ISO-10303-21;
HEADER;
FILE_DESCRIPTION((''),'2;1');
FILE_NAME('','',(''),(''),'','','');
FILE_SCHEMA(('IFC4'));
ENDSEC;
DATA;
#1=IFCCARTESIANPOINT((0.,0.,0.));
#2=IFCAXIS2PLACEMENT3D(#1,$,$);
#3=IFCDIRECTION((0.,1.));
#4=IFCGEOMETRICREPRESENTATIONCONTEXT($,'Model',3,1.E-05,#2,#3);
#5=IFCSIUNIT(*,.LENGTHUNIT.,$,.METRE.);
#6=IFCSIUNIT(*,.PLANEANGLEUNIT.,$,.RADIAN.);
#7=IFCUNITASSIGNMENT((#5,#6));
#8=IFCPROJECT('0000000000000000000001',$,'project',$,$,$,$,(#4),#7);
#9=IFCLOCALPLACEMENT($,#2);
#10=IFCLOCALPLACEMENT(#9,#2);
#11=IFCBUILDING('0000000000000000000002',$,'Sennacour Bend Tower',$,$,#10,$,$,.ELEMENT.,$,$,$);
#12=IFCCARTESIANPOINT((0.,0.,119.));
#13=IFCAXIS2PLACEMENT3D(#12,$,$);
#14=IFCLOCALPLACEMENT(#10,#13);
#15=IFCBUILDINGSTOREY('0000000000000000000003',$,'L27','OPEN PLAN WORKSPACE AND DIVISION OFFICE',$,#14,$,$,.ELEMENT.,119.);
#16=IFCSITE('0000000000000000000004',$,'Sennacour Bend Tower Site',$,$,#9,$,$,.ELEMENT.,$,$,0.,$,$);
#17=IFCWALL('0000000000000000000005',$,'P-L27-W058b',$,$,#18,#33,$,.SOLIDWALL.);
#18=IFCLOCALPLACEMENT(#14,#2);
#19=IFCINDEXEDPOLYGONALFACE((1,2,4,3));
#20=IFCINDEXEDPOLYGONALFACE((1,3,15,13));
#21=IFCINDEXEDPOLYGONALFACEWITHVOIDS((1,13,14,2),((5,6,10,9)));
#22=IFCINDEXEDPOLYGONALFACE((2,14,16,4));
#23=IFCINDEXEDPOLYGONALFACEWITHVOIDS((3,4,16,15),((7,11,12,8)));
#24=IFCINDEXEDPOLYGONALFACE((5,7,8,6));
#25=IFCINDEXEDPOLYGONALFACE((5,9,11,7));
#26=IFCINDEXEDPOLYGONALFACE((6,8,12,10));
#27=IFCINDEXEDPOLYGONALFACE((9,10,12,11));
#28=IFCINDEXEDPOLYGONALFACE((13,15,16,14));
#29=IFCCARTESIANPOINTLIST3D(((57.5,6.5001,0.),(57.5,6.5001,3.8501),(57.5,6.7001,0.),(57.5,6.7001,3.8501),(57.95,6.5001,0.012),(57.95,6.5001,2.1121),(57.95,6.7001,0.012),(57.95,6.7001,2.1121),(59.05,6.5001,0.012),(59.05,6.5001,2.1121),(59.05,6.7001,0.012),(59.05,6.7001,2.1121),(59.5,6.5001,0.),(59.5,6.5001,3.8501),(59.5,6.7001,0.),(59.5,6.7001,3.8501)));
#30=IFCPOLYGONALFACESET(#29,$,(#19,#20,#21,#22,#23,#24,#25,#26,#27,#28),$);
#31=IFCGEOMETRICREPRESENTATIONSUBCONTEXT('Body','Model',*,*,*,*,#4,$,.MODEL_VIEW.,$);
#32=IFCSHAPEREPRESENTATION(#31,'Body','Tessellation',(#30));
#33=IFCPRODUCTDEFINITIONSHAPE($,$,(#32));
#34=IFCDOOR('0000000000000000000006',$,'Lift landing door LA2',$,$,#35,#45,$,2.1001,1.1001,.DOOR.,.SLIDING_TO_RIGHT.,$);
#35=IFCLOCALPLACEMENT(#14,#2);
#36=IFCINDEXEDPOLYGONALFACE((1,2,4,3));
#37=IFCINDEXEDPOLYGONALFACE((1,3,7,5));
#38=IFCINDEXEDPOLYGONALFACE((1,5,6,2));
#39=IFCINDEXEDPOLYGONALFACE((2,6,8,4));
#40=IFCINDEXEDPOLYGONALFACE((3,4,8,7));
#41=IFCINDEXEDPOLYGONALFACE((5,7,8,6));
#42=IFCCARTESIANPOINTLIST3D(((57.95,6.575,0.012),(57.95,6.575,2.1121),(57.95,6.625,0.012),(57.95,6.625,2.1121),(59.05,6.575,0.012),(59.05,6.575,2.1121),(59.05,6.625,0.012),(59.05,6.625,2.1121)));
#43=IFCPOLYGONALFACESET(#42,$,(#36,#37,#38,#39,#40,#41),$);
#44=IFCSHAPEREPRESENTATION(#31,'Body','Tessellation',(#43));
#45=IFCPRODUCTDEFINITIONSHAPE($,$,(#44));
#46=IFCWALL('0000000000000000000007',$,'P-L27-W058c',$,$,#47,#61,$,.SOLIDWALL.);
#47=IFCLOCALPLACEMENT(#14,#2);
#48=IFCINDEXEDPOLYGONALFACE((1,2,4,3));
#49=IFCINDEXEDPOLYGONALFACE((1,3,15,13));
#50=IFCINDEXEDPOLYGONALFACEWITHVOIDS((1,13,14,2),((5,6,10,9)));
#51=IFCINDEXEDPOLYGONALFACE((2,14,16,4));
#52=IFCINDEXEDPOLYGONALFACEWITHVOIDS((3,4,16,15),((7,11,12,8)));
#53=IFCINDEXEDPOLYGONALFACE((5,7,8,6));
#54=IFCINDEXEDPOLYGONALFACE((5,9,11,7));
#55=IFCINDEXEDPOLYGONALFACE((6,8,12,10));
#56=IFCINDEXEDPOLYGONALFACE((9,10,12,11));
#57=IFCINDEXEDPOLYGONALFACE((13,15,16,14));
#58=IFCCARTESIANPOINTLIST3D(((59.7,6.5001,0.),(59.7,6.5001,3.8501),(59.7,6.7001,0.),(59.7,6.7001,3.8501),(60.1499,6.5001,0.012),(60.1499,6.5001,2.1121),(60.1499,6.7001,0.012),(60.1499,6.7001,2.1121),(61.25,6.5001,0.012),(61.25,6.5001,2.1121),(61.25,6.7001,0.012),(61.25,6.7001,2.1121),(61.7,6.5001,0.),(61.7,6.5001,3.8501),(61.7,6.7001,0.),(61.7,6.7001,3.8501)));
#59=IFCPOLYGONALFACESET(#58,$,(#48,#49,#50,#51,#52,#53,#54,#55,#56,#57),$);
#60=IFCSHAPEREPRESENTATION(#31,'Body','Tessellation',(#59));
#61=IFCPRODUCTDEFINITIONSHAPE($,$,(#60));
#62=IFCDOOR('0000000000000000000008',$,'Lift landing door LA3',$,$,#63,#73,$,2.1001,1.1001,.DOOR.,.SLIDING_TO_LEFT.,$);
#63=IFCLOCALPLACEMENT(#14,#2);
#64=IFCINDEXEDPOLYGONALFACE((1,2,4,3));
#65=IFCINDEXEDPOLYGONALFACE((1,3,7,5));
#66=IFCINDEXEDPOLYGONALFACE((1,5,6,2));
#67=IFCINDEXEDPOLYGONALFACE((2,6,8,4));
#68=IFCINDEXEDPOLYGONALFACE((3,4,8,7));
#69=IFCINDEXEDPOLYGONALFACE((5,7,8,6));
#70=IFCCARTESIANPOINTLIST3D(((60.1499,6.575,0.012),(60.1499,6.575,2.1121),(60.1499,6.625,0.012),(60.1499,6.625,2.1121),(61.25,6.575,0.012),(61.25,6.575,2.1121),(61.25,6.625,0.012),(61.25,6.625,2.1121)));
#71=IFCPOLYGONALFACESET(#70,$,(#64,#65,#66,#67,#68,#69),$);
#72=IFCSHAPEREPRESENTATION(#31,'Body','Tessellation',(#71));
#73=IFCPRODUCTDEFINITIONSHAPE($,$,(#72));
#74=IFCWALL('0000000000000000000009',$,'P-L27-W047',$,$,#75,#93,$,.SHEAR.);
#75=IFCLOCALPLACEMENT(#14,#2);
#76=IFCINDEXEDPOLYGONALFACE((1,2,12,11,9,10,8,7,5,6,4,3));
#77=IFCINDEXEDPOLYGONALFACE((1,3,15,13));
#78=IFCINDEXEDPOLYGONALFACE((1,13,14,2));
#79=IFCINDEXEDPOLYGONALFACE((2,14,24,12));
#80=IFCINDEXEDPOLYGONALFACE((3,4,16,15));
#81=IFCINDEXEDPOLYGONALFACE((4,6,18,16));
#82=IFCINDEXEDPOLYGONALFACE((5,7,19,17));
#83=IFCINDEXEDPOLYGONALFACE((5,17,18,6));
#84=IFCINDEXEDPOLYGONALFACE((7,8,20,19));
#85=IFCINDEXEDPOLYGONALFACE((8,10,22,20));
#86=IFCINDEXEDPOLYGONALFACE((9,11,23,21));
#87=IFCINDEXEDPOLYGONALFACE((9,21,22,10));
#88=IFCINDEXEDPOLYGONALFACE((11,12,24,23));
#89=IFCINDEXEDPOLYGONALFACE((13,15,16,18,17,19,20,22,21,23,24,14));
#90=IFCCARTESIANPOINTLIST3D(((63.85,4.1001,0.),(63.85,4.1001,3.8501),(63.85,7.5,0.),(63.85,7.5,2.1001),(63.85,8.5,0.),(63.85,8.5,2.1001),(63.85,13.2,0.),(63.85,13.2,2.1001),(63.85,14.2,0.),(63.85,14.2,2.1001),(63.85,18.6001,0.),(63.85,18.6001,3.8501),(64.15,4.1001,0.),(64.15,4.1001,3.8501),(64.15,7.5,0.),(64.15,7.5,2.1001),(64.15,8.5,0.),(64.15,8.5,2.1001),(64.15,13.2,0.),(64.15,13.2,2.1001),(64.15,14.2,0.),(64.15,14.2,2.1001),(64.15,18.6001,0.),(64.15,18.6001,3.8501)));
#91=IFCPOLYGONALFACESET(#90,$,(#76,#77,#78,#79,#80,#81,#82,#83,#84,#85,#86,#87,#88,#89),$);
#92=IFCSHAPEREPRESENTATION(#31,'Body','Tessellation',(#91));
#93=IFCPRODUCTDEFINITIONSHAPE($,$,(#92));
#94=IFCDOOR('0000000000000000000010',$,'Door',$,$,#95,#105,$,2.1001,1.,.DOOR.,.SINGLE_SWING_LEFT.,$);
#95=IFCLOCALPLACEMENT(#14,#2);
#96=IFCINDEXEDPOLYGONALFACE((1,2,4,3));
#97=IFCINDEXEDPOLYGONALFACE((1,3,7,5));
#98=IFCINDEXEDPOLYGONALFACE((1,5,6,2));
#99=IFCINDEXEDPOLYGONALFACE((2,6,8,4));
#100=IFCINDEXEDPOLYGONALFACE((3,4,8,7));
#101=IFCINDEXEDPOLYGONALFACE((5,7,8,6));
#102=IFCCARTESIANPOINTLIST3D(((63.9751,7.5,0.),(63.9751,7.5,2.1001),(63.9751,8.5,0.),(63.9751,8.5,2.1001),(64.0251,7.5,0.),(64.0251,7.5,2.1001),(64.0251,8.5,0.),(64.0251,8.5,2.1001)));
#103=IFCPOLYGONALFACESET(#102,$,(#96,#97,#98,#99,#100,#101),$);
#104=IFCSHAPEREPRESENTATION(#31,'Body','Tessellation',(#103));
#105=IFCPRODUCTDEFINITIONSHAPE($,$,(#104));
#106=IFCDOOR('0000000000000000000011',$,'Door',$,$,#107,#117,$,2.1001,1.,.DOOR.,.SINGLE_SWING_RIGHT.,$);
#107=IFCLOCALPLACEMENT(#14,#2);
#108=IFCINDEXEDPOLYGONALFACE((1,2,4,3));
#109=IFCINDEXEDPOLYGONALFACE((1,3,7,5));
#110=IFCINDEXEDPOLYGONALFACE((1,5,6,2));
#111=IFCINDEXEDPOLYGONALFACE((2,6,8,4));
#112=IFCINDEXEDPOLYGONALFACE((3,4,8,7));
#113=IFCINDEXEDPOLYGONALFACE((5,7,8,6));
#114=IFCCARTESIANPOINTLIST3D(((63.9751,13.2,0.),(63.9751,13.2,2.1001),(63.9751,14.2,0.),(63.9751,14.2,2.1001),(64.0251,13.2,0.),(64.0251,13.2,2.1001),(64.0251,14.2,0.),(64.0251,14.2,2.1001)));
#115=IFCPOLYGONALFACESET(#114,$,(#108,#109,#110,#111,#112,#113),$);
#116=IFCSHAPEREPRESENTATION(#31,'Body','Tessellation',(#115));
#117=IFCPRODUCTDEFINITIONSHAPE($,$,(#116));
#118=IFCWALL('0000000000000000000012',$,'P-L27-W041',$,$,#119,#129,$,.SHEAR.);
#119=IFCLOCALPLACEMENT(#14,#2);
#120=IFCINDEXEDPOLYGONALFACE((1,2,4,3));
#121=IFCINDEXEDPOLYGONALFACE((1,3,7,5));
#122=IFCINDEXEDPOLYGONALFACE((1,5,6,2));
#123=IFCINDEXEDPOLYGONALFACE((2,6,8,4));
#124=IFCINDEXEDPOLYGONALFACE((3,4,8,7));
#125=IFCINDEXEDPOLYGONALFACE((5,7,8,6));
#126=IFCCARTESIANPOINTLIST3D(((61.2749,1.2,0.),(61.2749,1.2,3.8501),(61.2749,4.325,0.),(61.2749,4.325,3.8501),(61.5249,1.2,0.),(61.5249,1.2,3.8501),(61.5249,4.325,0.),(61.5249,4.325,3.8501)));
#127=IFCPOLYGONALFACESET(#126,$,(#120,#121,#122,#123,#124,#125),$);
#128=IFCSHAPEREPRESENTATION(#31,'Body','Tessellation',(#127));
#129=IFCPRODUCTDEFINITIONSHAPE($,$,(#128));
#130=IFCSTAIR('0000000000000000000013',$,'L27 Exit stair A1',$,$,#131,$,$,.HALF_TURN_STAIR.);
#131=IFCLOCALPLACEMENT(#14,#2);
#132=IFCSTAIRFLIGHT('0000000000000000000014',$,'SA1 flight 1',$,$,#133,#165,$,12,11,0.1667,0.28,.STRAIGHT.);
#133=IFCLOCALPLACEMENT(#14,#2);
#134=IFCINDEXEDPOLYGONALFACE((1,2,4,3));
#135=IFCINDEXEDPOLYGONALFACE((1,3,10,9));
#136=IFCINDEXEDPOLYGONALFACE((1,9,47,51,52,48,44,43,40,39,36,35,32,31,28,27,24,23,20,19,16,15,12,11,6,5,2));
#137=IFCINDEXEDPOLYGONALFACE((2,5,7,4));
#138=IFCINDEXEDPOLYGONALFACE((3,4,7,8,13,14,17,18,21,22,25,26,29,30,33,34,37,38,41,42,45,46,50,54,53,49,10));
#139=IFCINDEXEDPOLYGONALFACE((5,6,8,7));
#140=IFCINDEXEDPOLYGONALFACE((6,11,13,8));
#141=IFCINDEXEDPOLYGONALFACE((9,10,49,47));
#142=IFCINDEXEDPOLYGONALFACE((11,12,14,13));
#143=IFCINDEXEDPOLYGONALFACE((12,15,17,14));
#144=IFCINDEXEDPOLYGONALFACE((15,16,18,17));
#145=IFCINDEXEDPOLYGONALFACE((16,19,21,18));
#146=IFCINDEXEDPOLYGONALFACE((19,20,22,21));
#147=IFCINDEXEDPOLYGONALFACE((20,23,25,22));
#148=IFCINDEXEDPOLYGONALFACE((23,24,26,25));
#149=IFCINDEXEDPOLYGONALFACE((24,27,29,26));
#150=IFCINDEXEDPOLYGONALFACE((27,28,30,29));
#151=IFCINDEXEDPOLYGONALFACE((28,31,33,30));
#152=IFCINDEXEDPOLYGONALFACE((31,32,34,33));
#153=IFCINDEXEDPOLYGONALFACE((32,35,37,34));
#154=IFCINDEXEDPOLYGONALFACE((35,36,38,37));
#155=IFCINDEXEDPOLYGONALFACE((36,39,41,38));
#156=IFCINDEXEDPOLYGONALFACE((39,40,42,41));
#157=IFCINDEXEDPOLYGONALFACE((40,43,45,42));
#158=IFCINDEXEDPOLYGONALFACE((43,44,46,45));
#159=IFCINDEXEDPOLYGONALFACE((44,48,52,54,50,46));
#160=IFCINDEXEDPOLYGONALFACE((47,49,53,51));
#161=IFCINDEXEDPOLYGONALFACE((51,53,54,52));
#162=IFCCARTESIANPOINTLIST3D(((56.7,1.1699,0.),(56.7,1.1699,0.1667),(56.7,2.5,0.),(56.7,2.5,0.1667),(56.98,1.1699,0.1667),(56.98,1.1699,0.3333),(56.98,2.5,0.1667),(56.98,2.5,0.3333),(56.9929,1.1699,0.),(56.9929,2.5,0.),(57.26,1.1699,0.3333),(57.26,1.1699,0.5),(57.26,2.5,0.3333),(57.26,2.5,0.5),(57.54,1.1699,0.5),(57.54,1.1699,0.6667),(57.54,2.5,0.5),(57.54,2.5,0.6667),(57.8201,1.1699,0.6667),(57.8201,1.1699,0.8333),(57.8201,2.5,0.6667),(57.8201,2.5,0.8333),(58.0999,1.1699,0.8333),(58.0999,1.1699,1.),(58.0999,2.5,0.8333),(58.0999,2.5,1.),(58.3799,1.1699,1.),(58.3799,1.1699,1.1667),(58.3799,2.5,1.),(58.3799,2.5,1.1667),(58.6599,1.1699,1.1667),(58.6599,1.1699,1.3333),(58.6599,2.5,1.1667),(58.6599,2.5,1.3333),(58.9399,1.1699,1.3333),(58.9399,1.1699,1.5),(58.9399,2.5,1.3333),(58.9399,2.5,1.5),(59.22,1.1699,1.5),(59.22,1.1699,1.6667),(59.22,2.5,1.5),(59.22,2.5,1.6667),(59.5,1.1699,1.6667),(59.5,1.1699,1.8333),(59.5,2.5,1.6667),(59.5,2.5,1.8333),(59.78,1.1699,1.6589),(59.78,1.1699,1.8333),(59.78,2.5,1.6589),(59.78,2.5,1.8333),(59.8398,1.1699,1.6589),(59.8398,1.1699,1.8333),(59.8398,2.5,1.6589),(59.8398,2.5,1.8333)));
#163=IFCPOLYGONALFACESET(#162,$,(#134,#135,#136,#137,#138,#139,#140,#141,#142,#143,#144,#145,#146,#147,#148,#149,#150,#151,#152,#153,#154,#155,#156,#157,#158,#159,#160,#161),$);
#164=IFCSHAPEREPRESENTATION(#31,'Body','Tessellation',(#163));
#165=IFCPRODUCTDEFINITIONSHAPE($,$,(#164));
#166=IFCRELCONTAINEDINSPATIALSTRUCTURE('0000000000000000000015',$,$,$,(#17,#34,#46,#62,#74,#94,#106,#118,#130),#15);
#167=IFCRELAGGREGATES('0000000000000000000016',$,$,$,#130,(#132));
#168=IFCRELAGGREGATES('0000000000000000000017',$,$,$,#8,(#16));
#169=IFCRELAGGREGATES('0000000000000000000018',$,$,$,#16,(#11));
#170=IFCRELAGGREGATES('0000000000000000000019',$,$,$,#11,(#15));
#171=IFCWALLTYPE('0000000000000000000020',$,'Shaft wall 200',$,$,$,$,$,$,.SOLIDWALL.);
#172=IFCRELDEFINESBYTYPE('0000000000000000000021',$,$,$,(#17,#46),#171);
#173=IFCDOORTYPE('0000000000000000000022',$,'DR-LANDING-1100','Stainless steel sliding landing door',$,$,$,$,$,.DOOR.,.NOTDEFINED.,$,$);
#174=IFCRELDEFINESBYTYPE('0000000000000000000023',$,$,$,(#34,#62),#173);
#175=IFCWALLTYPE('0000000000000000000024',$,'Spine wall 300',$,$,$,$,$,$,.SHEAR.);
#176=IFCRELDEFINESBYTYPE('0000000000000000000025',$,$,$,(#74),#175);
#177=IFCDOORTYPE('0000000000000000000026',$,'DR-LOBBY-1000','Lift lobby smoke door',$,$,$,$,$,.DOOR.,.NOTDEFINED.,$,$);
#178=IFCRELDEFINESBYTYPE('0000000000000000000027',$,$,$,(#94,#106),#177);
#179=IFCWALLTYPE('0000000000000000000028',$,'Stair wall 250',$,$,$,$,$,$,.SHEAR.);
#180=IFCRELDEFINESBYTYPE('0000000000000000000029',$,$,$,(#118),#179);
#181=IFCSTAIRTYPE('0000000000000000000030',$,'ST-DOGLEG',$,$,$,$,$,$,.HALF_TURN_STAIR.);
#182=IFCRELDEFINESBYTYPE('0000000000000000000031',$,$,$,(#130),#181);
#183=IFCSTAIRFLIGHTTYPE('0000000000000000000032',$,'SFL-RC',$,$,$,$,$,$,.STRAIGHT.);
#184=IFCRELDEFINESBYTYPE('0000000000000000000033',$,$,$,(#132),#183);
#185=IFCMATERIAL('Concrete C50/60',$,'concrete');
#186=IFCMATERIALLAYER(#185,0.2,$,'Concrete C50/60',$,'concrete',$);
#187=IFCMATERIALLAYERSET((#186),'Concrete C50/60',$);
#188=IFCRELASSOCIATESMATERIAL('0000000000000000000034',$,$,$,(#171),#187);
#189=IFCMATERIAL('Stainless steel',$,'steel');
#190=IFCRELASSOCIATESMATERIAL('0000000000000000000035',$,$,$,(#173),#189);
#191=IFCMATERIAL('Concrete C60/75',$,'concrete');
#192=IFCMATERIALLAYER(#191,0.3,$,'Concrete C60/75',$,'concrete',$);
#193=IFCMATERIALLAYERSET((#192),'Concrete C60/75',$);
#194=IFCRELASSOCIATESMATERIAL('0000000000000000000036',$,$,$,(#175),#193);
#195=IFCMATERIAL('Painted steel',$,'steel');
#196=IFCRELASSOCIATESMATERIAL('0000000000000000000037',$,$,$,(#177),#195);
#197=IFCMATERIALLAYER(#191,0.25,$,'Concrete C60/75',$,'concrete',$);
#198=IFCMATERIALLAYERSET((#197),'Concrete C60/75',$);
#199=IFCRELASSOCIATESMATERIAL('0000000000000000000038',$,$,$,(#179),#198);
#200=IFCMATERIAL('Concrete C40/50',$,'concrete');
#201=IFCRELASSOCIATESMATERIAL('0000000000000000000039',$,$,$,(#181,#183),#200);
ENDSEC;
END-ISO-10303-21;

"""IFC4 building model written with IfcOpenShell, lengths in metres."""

from ifc_helpers import new_model, si_unit, direction, frame, frame_2d, origin, place, context, subcontext, project, spatial, polyline, rectangle, outline, extrude, material, layer, layer_set, type_object, element, fill, aggregate, save


model = new_model("IFC4")

# Units and contexts
model_context = context("Model", 3, precision=1e-05, world=origin(), true_north=direction((0.0, 1.0)))
body_context = subcontext(model_context, "Body", "Model", "MODEL_VIEW")
ifc_project = project(units=[si_unit("LENGTHUNIT", "METRE"), si_unit("PLANEANGLEUNIT", "RADIAN")], contexts=[model_context])

# Site, building, storey
site_placement = place(None, origin())
site = spatial("IfcSite", under=ifc_project, at=site_placement, Name="Sennacour Bend Tower Site", CompositionType="ELEMENT", RefElevation=0.0)
building_placement = place(site_placement, origin())
building = spatial("IfcBuilding", under=site, at=building_placement, Name="Sennacour Bend Tower", CompositionType="ELEMENT")
storey_placement = place(building_placement, frame((0.0, 0.0, 119.0)))
storey = spatial("IfcBuildingStorey", under=building, at=storey_placement, Name="L27", Description="OPEN PLAN WORKSPACE AND DIVISION OFFICE", CompositionType="ELEMENT", Elevation=119.0)

# Shared definitions
ifc_material_1 = material(Name="Painted steel", Category="steel")

# Shared definitions
ifc_material_2 = material(Name="Concrete C50/60", Category="concrete")
ifc_layer_1 = layer(ifc_material_2, 0.2, Name="Concrete C50/60", Category="concrete")
ifc_layer_set_1 = layer_set([ifc_layer_1], Name="Concrete C50/60")
wall_type_1 = type_object("IfcWallType", Name="Shaft wall 200", PredefinedType="SOLIDWALL", material=ifc_layer_set_1)

# Walls, openings, doors
wall_1_placement = place(storey_placement, frame((57.5, 6.6001, 0.0), z_axis=(0.0, 0.0, 1.0), x_axis=(1.0, 0.0, 0.0)))
wall_1 = element("IfcWall", 1, at=wall_1_placement, inside=storey, type_object=wall_type_1, Name="P-L27-W058b", PredefinedType="SOLIDWALL", context=body_context, shape_type="SweptSolid", body=[
    extrude(rectangle(XDim=2.0, YDim=0.2, at=frame_2d((1.0, 0.0))), origin(), (0.0, 0.0, 1.0), 3.8501),
])
opening_1_placement = place(wall_1_placement, frame((0.45, 0.0, 0.012)))
opening_1 = element("IfcOpeningElement", 2, at=opening_1_placement, cuts=wall_1, PredefinedType="OPENING", context=body_context, shape_type="SweptSolid", body=[
    extrude(rectangle(XDim=1.1001, YDim=2.1001, at=frame_2d((0.55, 1.05))), frame((0.0, 0.1099, 0.0), z_axis=(0.0, -1.0, 0.0), x_axis=(1.0, 0.0, 0.0)), (0.0, 0.0, 1.0), 0.22),
])
ifc_material_3 = material(Name="Stainless steel", Category="steel")
door_type_1 = type_object("IfcDoorType", Name="DR-LANDING-1100", Description="Stainless steel sliding landing door", OperationType="NOTDEFINED", PredefinedType="DOOR", material=ifc_material_3)
door_1_placement = place(opening_1_placement, origin())
door_1 = element("IfcDoor", 3, at=door_1_placement, inside=storey, type_object=door_type_1, Name="Lift landing door LA2", OperationType="SLIDING_TO_RIGHT", OverallHeight=2.1001, OverallWidth=1.1001, PredefinedType="DOOR", context=body_context, shape_type="SweptSolid", body=[
    extrude(rectangle(XDim=1.1001, YDim=2.1001, at=frame_2d((0.55, 1.05))), frame((0.0, 0.0249, 0.0), z_axis=(0.0, -1.0, 0.0), x_axis=(1.0, 0.0, 0.0)), (0.0, 0.0, 1.0), 0.05),
])
fill(opening_1, door_1)
wall_2_placement = place(storey_placement, frame((59.7, 6.6001, 0.0), z_axis=(0.0, 0.0, 1.0), x_axis=(1.0, 0.0, 0.0)))
wall_2 = element("IfcWall", 4, at=wall_2_placement, inside=storey, type_object=wall_type_1, Name="P-L27-W058c", PredefinedType="SOLIDWALL", context=body_context, shape_type="SweptSolid", body=[
    extrude(rectangle(XDim=2.0, YDim=0.2, at=frame_2d((1.0, 0.0))), origin(), (0.0, 0.0, 1.0), 3.8501),
])
opening_2_placement = place(wall_2_placement, frame((0.45, 0.0, 0.012)))
opening_2 = element("IfcOpeningElement", 5, at=opening_2_placement, cuts=wall_2, PredefinedType="OPENING", context=body_context, shape_type="SweptSolid", body=[
    extrude(rectangle(XDim=1.1001, YDim=2.1001, at=frame_2d((0.55, 1.05))), frame((0.0, 0.1099, 0.0), z_axis=(0.0, -1.0, 0.0), x_axis=(1.0, 0.0, 0.0)), (0.0, 0.0, 1.0), 0.22),
])
door_2_placement = place(opening_2_placement, origin())
door_2 = element("IfcDoor", 6, at=door_2_placement, inside=storey, type_object=door_type_1, Name="Lift landing door LA3", OperationType="SLIDING_TO_LEFT", OverallHeight=2.1001, OverallWidth=1.1001, PredefinedType="DOOR", context=body_context, shape_type="SweptSolid", body=[
    extrude(rectangle(XDim=1.1001, YDim=2.1001, at=frame_2d((0.55, 1.05))), frame((0.0, 0.0249, 0.0), z_axis=(0.0, -1.0, 0.0), x_axis=(1.0, 0.0, 0.0)), (0.0, 0.0, 1.0), 0.05),
])
fill(opening_2, door_2)

# Wall, openings, doors
ifc_material_4 = material(Name="Concrete C60/75", Category="concrete")
ifc_layer_2 = layer(ifc_material_4, 0.3, Name="Concrete C60/75", Category="concrete")
ifc_layer_set_2 = layer_set([ifc_layer_2], Name="Concrete C60/75")
wall_type_2 = type_object("IfcWallType", Name="Spine wall 300", PredefinedType="SHEAR", material=ifc_layer_set_2)
wall_3_placement = place(storey_placement, frame((64.0, 4.1001, 0.0), z_axis=(0.0, 0.0, 1.0), x_axis=(0.0, 1.0, 0.0)))
wall_3 = element("IfcWall", 7, at=wall_3_placement, inside=storey, type_object=wall_type_2, Name="P-L27-W047", PredefinedType="SHEAR", context=body_context, shape_type="SweptSolid", body=[
    extrude(rectangle(XDim=14.5, YDim=0.3, at=frame_2d((7.25, 0.0))), origin(), (0.0, 0.0, 1.0), 3.8501),
])
opening_3_placement = place(wall_3_placement, frame((3.3999, 0.0, 0.0)))
opening_3 = element("IfcOpeningElement", 8, at=opening_3_placement, cuts=wall_3, PredefinedType="OPENING", context=body_context, shape_type="SweptSolid", body=[
    extrude(rectangle(XDim=1.0, YDim=2.1001, at=frame_2d((0.5, 1.05))), frame((0.0, 0.1602, 0.0), z_axis=(0.0, -1.0, 0.0), x_axis=(1.0, 0.0, 0.0)), (0.0, 0.0, 1.0), 0.3201),
])
opening_4_placement = place(wall_3_placement, frame((9.0999, 0.0, 0.0)))
opening_4 = element("IfcOpeningElement", 9, at=opening_4_placement, cuts=wall_3, PredefinedType="OPENING", context=body_context, shape_type="SweptSolid", body=[
    extrude(rectangle(XDim=1.0, YDim=2.1001, at=frame_2d((0.5, 1.05))), frame((0.0, 0.1602, 0.0), z_axis=(0.0, -1.0, 0.0), x_axis=(1.0, 0.0, 0.0)), (0.0, 0.0, 1.0), 0.3201),
])
door_type_2 = type_object("IfcDoorType", Name="DR-LOBBY-1000", Description="Lift lobby smoke door", OperationType="NOTDEFINED", PredefinedType="DOOR", material=ifc_material_1)
door_3_placement = place(opening_3_placement, origin())
door_3 = element("IfcDoor", 10, at=door_3_placement, inside=storey, type_object=door_type_2, Name="Door", OperationType="SINGLE_SWING_LEFT", OverallHeight=2.1001, OverallWidth=1.0, PredefinedType="DOOR", context=body_context, shape_type="SweptSolid", body=[
    extrude(rectangle(XDim=1.0, YDim=2.1001, at=frame_2d((0.5, 1.05))), frame((0.0, 0.0249, 0.0), z_axis=(0.0, -1.0, 0.0), x_axis=(1.0, 0.0, 0.0)), (0.0, 0.0, 1.0), 0.05),
])
fill(opening_3, door_3)
door_4_placement = place(opening_4_placement, origin())
door_4 = element("IfcDoor", 11, at=door_4_placement, inside=storey, type_object=door_type_2, Name="Door", OperationType="SINGLE_SWING_RIGHT", OverallHeight=2.1001, OverallWidth=1.0, PredefinedType="DOOR", context=body_context, shape_type="SweptSolid", body=[
    extrude(rectangle(XDim=1.0, YDim=2.1001, at=frame_2d((0.5, 1.05))), frame((0.0, 0.0249, 0.0), z_axis=(0.0, -1.0, 0.0), x_axis=(1.0, 0.0, 0.0)), (0.0, 0.0, 1.0), 0.05),
])
fill(opening_4, door_4)

# Wall
ifc_layer_3 = layer(ifc_material_4, 0.25, Name="Concrete C60/75", Category="concrete")
ifc_layer_set_3 = layer_set([ifc_layer_3], Name="Concrete C60/75")
wall_type_3 = type_object("IfcWallType", Name="Stair wall 250", PredefinedType="SHEAR", material=ifc_layer_set_3)
wall_4_placement = place(storey_placement, frame((61.3999, 1.2, 0.0), z_axis=(0.0, 0.0, 1.0), x_axis=(0.0, 1.0, 0.0)))
element("IfcWall", 12, at=wall_4_placement, inside=storey, type_object=wall_type_3, Name="P-L27-W041", PredefinedType="SHEAR", context=body_context, shape_type="SweptSolid", body=[
    extrude(rectangle(XDim=3.125, YDim=0.25, at=frame_2d((1.5625, 0.0))), origin(), (0.0, 0.0, 1.0), 3.8501),
])

# Stair, stair flight
ifc_material_5 = material(Name="Concrete C40/50", Category="concrete")
stair_type = type_object("IfcStairType", Name="ST-DOGLEG", PredefinedType="HALF_TURN_STAIR", material=ifc_material_5)
stair_placement = place(storey_placement, origin())
stair = element("IfcStair", 13, at=stair_placement, inside=storey, type_object=stair_type, Name="L27 Exit stair A1", PredefinedType="HALF_TURN_STAIR")
stair_flight_type = type_object("IfcStairFlightType", Name="SFL-RC", PredefinedType="STRAIGHT", material=ifc_material_5)
stair_flight_1_placement = place(storey_placement, frame((56.7, 1.835, 0.0), z_axis=(0.0, 0.0, 1.0), x_axis=(1.0, 0.0, 0.0)))
stair_flight_1 = element("IfcStairFlight", 14, at=stair_flight_1_placement, type_object=stair_flight_type, Name="SA1 flight 1", NumberOfRisers=12, NumberOfTreads=11, PredefinedType="STRAIGHT", RiserHeight=0.1667, TreadLength=0.28, context=body_context, shape_type="SweptSolid", body=[
    extrude(outline(polyline([(0.0, 0.0), (0.0, 0.1667), (0.28, 0.1667), (0.28, 0.3333), (0.5601, 0.3333), (0.5601, 0.5), (0.8401, 0.5), (0.8401, 0.6667), (1.1201, 0.6667), (1.1201, 0.8333), (1.3999, 0.8333), (1.3999, 1.0), (1.6799, 1.0), (1.6799, 1.1667), (1.96, 1.1667), (1.96, 1.3333), (2.24, 1.3333), (2.24, 1.5), (2.52, 1.5), (2.52, 1.6667), (2.8, 1.6667), (2.8, 1.8333), (3.0801, 1.8333), (3.1399, 1.8333), (3.1399, 1.6589), (3.0801, 1.6589), (0.293, 0.0), (0.0, 0.0)])), frame((0.0, 0.665, 0.0), z_axis=(0.0, -1.0, 0.0), x_axis=(1.0, 0.0, 0.0)), (0.0, 0.0, 1.0), 1.3301),
])
aggregate(stair, [stair_flight_1])

save(model, "model.ifc")
